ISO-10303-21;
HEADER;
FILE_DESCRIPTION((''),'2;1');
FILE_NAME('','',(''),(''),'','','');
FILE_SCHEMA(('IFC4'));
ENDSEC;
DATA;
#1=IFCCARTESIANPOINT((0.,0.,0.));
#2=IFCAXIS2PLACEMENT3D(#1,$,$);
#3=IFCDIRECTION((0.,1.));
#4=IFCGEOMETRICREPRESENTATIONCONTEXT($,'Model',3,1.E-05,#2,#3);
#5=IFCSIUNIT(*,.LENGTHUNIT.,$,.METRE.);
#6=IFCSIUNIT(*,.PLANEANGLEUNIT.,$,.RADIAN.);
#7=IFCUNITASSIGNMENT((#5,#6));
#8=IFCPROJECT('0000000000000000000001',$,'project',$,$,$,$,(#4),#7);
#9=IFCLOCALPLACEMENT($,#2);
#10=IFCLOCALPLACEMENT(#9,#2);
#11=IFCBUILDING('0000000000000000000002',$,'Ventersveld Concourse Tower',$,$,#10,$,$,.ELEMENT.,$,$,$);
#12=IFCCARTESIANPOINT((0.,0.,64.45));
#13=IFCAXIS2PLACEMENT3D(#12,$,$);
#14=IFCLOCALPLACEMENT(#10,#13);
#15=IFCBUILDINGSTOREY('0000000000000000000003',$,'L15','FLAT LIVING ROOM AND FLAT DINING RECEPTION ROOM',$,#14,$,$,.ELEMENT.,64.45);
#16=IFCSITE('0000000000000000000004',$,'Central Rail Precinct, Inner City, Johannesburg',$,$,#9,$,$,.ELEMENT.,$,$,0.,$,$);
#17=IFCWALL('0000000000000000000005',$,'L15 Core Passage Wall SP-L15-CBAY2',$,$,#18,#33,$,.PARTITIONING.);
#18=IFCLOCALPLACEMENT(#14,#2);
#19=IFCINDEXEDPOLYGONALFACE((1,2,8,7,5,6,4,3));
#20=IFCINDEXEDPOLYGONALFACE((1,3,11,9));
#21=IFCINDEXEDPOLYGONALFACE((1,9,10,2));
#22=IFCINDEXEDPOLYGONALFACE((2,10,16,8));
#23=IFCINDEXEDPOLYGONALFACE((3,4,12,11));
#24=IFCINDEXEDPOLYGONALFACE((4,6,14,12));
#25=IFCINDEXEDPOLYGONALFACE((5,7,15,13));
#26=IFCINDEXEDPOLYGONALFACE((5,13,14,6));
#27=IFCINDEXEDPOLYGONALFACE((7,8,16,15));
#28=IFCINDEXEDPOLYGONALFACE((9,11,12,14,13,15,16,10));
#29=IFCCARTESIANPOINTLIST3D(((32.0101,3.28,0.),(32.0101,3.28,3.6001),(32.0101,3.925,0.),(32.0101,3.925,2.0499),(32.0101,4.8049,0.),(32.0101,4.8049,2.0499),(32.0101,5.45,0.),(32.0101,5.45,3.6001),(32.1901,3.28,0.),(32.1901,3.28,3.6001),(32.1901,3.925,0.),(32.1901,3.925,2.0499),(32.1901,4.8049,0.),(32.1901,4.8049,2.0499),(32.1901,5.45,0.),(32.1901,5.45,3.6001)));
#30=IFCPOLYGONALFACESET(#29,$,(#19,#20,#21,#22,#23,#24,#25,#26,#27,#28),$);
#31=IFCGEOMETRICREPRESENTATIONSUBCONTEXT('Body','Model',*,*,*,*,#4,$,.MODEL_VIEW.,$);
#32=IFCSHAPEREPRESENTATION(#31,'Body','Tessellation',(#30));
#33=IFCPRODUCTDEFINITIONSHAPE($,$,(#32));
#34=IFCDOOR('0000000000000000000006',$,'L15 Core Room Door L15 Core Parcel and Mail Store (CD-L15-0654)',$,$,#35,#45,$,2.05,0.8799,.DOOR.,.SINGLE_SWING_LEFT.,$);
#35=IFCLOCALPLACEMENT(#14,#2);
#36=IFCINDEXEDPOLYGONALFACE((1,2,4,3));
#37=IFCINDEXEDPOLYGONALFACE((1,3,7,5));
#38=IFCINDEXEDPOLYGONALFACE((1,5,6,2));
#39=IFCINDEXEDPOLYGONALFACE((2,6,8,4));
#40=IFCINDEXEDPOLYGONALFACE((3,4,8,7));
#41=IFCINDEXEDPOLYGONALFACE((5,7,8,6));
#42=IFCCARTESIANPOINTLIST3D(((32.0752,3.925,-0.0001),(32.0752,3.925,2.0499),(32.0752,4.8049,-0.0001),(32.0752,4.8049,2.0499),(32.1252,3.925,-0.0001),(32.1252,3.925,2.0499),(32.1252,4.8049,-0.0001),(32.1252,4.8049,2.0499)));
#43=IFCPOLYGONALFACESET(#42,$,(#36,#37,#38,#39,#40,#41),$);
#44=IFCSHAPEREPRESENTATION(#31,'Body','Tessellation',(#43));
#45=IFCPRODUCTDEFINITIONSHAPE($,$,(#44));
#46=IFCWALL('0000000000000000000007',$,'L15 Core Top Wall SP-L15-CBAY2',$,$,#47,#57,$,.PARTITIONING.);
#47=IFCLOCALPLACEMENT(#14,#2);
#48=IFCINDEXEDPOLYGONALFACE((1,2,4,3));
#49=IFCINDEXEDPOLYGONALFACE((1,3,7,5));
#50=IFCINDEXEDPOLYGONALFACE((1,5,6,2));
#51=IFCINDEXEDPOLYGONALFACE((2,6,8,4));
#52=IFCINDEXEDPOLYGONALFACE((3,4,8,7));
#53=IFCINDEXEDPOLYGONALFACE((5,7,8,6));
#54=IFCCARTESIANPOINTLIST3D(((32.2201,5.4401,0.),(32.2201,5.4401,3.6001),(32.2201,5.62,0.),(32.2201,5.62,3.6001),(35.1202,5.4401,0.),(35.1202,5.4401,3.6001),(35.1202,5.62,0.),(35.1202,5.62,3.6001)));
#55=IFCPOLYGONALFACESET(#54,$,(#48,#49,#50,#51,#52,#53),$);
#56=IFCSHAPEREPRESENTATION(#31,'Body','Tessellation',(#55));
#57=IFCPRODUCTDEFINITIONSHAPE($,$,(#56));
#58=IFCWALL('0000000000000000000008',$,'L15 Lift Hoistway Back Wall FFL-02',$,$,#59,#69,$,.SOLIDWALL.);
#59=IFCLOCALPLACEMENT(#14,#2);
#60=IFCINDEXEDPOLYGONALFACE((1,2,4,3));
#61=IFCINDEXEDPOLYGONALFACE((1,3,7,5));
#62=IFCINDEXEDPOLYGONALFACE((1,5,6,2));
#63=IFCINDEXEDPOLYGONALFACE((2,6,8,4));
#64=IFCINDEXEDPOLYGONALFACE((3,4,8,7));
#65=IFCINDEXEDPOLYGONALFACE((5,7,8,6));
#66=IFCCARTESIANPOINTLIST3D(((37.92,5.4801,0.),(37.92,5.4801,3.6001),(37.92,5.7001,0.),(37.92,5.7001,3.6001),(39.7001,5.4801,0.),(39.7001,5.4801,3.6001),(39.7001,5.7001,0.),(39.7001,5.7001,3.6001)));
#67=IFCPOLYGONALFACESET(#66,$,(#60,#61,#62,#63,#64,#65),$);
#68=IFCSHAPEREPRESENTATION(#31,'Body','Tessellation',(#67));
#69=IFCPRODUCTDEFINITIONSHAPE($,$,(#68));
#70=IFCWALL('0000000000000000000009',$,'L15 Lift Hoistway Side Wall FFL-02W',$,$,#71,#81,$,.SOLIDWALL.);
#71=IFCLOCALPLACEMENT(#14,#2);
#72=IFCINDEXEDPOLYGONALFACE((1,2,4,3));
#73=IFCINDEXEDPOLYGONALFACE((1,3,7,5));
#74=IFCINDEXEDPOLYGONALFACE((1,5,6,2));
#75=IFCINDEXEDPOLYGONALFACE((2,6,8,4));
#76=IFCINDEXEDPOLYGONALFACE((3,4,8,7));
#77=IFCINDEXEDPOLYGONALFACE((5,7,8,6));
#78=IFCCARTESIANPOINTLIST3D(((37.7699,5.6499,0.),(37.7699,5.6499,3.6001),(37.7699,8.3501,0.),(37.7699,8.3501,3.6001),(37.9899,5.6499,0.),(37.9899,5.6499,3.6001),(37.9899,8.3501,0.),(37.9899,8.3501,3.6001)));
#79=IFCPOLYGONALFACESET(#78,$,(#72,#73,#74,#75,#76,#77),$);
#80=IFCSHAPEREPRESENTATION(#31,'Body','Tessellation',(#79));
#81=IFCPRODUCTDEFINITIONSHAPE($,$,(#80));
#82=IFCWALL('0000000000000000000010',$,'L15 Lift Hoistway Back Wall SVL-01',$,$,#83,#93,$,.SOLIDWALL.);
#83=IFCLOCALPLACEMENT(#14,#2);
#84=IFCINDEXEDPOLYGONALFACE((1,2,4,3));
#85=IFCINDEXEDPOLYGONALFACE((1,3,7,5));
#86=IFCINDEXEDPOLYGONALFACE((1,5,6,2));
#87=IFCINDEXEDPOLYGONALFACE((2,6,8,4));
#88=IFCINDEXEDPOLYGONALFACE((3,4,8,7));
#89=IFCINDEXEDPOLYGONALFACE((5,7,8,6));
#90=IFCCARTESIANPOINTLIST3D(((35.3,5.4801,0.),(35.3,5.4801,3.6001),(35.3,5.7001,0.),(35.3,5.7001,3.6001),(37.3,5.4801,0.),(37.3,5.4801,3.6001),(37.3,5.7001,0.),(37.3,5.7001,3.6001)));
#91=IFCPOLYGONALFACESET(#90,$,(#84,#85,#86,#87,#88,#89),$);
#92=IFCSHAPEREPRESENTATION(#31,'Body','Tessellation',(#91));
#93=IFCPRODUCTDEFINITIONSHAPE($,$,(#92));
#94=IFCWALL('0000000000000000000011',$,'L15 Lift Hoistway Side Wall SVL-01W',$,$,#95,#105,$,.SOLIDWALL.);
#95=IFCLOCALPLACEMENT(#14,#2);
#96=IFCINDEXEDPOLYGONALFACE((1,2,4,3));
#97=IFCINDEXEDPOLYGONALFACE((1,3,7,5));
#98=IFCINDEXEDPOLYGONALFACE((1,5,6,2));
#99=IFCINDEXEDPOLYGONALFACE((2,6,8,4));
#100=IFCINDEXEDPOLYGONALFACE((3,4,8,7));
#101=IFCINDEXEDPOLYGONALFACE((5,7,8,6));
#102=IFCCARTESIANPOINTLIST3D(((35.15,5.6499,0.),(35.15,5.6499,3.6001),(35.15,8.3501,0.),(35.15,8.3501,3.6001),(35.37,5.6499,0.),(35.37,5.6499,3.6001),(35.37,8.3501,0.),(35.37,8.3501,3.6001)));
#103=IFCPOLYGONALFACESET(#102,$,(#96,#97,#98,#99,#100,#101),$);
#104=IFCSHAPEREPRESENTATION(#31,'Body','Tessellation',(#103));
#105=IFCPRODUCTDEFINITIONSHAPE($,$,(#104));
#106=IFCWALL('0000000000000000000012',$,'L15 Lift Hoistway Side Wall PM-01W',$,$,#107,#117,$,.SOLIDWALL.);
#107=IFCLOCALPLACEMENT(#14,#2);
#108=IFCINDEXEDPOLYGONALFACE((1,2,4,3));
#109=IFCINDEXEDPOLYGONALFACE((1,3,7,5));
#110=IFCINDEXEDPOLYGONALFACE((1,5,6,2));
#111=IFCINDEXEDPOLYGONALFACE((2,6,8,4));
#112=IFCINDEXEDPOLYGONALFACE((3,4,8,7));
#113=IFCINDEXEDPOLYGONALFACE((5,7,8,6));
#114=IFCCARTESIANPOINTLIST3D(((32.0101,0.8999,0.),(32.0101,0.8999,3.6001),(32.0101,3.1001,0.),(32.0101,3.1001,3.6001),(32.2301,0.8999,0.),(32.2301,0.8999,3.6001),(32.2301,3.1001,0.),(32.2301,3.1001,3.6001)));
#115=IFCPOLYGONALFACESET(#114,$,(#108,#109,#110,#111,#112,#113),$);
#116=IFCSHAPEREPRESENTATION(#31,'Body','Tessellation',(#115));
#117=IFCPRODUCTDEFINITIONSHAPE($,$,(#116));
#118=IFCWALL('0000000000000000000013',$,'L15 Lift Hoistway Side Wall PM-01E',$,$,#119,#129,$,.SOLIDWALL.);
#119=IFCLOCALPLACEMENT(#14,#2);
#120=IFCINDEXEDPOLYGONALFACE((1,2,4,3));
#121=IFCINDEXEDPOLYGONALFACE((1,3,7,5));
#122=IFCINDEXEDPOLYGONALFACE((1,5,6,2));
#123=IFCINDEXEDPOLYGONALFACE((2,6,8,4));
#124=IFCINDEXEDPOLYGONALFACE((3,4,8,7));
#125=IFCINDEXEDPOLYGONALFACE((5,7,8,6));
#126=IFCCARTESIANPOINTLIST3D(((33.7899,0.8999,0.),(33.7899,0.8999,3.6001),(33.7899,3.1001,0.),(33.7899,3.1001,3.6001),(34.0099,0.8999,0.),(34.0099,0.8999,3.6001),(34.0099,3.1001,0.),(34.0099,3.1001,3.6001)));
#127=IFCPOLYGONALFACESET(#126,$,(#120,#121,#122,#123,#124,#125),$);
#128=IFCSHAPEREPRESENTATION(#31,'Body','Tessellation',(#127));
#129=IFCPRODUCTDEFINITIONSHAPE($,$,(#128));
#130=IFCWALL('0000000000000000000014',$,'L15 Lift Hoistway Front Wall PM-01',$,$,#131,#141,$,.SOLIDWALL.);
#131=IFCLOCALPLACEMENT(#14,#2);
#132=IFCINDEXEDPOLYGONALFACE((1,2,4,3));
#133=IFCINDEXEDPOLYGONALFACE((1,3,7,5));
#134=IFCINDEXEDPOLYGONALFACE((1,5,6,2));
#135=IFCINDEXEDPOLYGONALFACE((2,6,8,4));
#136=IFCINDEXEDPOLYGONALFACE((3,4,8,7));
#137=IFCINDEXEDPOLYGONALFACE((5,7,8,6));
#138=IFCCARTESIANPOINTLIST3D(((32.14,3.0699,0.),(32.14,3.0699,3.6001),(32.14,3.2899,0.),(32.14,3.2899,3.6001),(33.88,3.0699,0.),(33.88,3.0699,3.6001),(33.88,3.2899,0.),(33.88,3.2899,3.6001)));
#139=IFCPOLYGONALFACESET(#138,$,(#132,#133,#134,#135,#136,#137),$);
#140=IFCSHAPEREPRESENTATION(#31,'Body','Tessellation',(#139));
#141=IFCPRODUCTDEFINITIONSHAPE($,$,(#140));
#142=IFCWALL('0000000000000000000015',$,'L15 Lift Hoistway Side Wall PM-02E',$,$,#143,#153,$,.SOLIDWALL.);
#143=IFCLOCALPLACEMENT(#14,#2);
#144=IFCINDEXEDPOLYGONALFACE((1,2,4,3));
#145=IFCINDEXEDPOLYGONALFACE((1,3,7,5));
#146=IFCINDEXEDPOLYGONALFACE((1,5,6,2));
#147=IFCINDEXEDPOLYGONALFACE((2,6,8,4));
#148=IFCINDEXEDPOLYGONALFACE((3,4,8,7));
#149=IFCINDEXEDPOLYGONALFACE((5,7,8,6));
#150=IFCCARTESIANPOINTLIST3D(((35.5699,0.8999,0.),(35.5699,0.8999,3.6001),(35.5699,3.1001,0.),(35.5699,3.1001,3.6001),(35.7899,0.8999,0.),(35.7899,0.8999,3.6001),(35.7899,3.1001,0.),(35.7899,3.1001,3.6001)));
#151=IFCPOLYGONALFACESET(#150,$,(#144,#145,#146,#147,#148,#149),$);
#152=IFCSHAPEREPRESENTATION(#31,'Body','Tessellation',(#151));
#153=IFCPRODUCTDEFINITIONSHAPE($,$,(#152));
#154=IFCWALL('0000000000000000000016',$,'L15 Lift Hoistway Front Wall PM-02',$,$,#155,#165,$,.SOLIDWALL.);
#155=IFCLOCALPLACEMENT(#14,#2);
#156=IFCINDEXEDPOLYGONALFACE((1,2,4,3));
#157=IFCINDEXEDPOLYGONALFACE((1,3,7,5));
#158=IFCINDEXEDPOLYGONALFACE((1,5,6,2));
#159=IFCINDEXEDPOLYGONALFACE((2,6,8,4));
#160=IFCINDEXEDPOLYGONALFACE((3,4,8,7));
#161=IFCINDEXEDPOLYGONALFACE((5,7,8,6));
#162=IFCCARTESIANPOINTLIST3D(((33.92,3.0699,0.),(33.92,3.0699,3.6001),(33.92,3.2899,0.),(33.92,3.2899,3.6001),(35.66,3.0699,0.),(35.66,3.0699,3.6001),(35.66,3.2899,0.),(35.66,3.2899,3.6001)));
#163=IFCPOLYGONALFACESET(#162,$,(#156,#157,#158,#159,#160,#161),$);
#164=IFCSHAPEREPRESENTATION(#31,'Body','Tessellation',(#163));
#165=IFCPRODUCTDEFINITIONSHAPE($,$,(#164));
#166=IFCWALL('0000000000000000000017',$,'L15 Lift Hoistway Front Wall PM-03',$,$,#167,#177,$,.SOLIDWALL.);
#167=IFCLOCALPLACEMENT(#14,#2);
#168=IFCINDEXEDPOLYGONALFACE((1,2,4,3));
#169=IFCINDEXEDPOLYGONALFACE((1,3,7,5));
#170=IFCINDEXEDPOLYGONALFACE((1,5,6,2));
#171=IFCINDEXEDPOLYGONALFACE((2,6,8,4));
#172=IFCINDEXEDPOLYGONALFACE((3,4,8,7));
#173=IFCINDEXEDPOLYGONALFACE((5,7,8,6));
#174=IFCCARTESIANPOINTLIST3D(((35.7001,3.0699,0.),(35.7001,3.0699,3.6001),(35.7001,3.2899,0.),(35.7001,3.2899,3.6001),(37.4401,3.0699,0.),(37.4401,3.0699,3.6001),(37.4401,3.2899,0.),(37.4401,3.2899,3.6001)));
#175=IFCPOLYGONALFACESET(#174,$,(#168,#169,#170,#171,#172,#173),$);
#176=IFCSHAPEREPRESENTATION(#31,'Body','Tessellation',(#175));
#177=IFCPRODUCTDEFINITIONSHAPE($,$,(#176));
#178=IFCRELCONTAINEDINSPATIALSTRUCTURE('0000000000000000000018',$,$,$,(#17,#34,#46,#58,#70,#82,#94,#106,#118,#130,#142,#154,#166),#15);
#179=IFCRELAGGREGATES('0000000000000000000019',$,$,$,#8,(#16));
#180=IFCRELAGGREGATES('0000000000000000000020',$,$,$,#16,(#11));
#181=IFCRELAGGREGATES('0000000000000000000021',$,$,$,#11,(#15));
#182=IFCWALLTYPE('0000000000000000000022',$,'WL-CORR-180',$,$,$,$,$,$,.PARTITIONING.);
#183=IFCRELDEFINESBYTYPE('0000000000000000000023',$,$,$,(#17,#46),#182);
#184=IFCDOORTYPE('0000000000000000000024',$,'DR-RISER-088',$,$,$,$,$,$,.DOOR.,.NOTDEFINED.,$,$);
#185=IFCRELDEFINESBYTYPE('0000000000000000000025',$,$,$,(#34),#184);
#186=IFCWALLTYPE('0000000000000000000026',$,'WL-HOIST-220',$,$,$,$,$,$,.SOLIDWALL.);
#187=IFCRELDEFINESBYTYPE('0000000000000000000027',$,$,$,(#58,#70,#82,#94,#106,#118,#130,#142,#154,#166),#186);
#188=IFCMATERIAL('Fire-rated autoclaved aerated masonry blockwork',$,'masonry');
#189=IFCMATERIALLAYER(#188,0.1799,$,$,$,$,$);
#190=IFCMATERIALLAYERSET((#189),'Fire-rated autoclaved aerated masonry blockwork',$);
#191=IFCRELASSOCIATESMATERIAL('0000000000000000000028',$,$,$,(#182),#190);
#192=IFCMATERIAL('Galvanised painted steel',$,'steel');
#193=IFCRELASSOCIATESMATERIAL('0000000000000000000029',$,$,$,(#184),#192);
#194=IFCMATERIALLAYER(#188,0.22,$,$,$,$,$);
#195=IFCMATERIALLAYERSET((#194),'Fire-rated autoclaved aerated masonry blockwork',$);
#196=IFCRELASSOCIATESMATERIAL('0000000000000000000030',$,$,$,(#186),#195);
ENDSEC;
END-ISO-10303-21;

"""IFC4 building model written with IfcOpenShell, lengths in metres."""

from ifc_helpers import new_model, si_unit, direction, frame, frame_2d, origin, place, context, subcontext, project, spatial, rectangle, extrude, material, layer, layer_set, type_object, element, fill, save


model = new_model("IFC4")

# Units and contexts
model_context = context("Model", 3, precision=1e-05, world=origin(), true_north=direction((0.0, 1.0)))
body_context = subcontext(model_context, "Body", "Model", "MODEL_VIEW")
ifc_project = project(units=[si_unit("LENGTHUNIT", "METRE"), si_unit("PLANEANGLEUNIT", "RADIAN")], contexts=[model_context])

# Site, building, storey
site_placement = place(None, origin())
site = spatial("IfcSite", under=ifc_project, at=site_placement, Name="Central Rail Precinct, Inner City, Johannesburg", CompositionType="ELEMENT", RefElevation=0.0)
building_placement = place(site_placement, origin())
building = spatial("IfcBuilding", under=site, at=building_placement, Name="Ventersveld Concourse Tower", CompositionType="ELEMENT")
storey_placement = place(building_placement, frame((0.0, 0.0, 64.45)))
storey = spatial("IfcBuildingStorey", under=building, at=storey_placement, Name="L15", Description="FLAT LIVING ROOM AND FLAT DINING RECEPTION ROOM", CompositionType="ELEMENT", Elevation=64.45)

# Wall, opening, door
ifc_material_1 = material(Name="Fire-rated autoclaved aerated masonry blockwork", Category="masonry")
ifc_layer_1 = layer(ifc_material_1, 0.1799)
ifc_layer_set_1 = layer_set([ifc_layer_1], Name="Fire-rated autoclaved aerated masonry blockwork")
wall_type_1 = type_object("IfcWallType", Name="WL-CORR-180", PredefinedType="PARTITIONING", material=ifc_layer_set_1)
wall_1_placement = place(storey_placement, frame((32.1001, 3.28, 0.0), z_axis=(0.0, 0.0, 1.0), x_axis=(0.0, 1.0, 0.0)))
wall_1 = element("IfcWall", 1, at=wall_1_placement, inside=storey, type_object=wall_type_1, Name="L15 Core Passage Wall SP-L15-CBAY2", PredefinedType="PARTITIONING", context=body_context, shape_type="SweptSolid", body=[
    extrude(rectangle(XDim=2.1699, YDim=0.1799, at=frame_2d((1.085, 0.0))), origin(), (0.0, 0.0, 1.0), 3.6001),
])
opening_placement = place(wall_1_placement, frame((0.645, 0.0, 0.0)))
opening = element("IfcOpeningElement", 2, at=opening_placement, cuts=wall_1, PredefinedType="OPENING", context=body_context, shape_type="SweptSolid", body=[
    extrude(rectangle(XDim=0.8799, YDim=2.05, at=frame_2d((0.4399, 1.0249))), frame((0.0, 0.1001, 0.0), z_axis=(0.0, -1.0, 0.0), x_axis=(1.0, 0.0, 0.0)), (0.0, 0.0, 1.0), 0.2),
])
ifc_material_2 = material(Name="Galvanised painted steel", Category="steel")
door_type = type_object("IfcDoorType", Name="DR-RISER-088", OperationType="NOTDEFINED", PredefinedType="DOOR", material=ifc_material_2)
door_placement = place(opening_placement, origin())
door = element("IfcDoor", 3, at=door_placement, inside=storey, type_object=door_type, Name="L15 Core Room Door L15 Core Parcel and Mail Store (CD-L15-0654)", OperationType="SINGLE_SWING_LEFT", OverallHeight=2.05, OverallWidth=0.8799, PredefinedType="DOOR", context=body_context, shape_type="SweptSolid", body=[
    extrude(rectangle(XDim=0.8799, YDim=2.05, at=frame_2d((0.4399, 1.0249))), frame((0.0, 0.0249, 0.0), z_axis=(0.0, -1.0, 0.0), x_axis=(1.0, 0.0, 0.0)), (0.0, 0.0, 1.0), 0.05),
])
fill(opening, door)

# Walls
wall_2_placement = place(storey_placement, frame((32.22, 5.53, 0.0), z_axis=(0.0, 0.0, 1.0), x_axis=(1.0, 0.0, 0.0)))
element("IfcWall", 4, at=wall_2_placement, inside=storey, type_object=wall_type_1, Name="L15 Core Top Wall SP-L15-CBAY2", PredefinedType="PARTITIONING", context=body_context, shape_type="SweptSolid", body=[
    extrude(rectangle(XDim=2.9001, YDim=0.1799, at=frame_2d((1.4502, 0.0))), origin(), (0.0, 0.0, 1.0), 3.6001),
])
ifc_layer_2 = layer(ifc_material_1, 0.22)
ifc_layer_set_2 = layer_set([ifc_layer_2], Name="Fire-rated autoclaved aerated masonry blockwork")
wall_type_2 = type_object("IfcWallType", Name="WL-HOIST-220", PredefinedType="SOLIDWALL", material=ifc_layer_set_2)
wall_3_placement = place(storey_placement, frame((37.9199, 5.5901, 0.0), z_axis=(0.0, 0.0, 1.0), x_axis=(1.0, 0.0, 0.0)))
element("IfcWall", 5, at=wall_3_placement, inside=storey, type_object=wall_type_2, Name="L15 Lift Hoistway Back Wall FFL-02", PredefinedType="SOLIDWALL", context=body_context, shape_type="SweptSolid", body=[
    extrude(rectangle(XDim=1.78, YDim=0.22, at=frame_2d((0.8901, 0.0))), origin(), (0.0, 0.0, 1.0), 3.6001),
])
wall_4_placement = place(storey_placement, frame((37.8799, 5.6499, 0.0), z_axis=(0.0, 0.0, 1.0), x_axis=(0.0, 1.0, 0.0)))
element("IfcWall", 6, at=wall_4_placement, inside=storey, type_object=wall_type_2, Name="L15 Lift Hoistway Side Wall FFL-02W", PredefinedType="SOLIDWALL", context=body_context, shape_type="SweptSolid", body=[
    extrude(rectangle(XDim=2.7002, YDim=0.22, at=frame_2d((1.3501, 0.0))), origin(), (0.0, 0.0, 1.0), 3.6001),
])
wall_5_placement = place(storey_placement, frame((35.3, 5.5901, 0.0), z_axis=(0.0, 0.0, 1.0), x_axis=(1.0, 0.0, 0.0)))
element("IfcWall", 7, at=wall_5_placement, inside=storey, type_object=wall_type_2, Name="L15 Lift Hoistway Back Wall SVL-01", PredefinedType="SOLIDWALL", context=body_context, shape_type="SweptSolid", body=[
    extrude(rectangle(XDim=2.0, YDim=0.22, at=frame_2d((1.0, 0.0))), origin(), (0.0, 0.0, 1.0), 3.6001),
])
wall_6_placement = place(storey_placement, frame((35.26, 5.6499, 0.0), z_axis=(0.0, 0.0, 1.0), x_axis=(0.0, 1.0, 0.0)))
element("IfcWall", 8, at=wall_6_placement, inside=storey, type_object=wall_type_2, Name="L15 Lift Hoistway Side Wall SVL-01W", PredefinedType="SOLIDWALL", context=body_context, shape_type="SweptSolid", body=[
    extrude(rectangle(XDim=2.7002, YDim=0.22, at=frame_2d((1.3501, 0.0))), origin(), (0.0, 0.0, 1.0), 3.6001),
])
for number, where, z_axis, x_axis, name in (
    (9, (32.1201, 0.8999, 0.0), (0.0, 0.0, 1.0), (0.0, 1.0, 0.0), "L15 Lift Hoistway Side Wall PM-01W"),
    (10, (33.8999, 0.8999, 0.0), (0.0, 0.0, 1.0), (0.0, 1.0, 0.0), "L15 Lift Hoistway Side Wall PM-01E"),
):
    element("IfcWall", number, at=place(storey_placement, frame(where, z_axis=z_axis, x_axis=x_axis)), inside=storey, type_object=wall_type_2, Name=name, PredefinedType="SOLIDWALL", context=body_context, shape_type="SweptSolid", body=[
        extrude(rectangle(XDim=2.2002, YDim=0.22, at=frame_2d((1.1001, 0.0))), origin(), (0.0, 0.0, 1.0), 3.6001),
    ])
wall_7_placement = place(storey_placement, frame((32.1399, 3.1799, 0.0), z_axis=(0.0, 0.0, 1.0), x_axis=(1.0, 0.0, 0.0)))
element("IfcWall", 11, at=wall_7_placement, inside=storey, type_object=wall_type_2, Name="L15 Lift Hoistway Front Wall PM-01", PredefinedType="SOLIDWALL", context=body_context, shape_type="SweptSolid", body=[
    extrude(rectangle(XDim=1.74, YDim=0.22, at=frame_2d((0.8701, 0.0))), origin(), (0.0, 0.0, 1.0), 3.6001),
])
wall_8_placement = place(storey_placement, frame((35.6799, 0.8999, 0.0), z_axis=(0.0, 0.0, 1.0), x_axis=(0.0, 1.0, 0.0)))
element("IfcWall", 12, at=wall_8_placement, inside=storey, type_object=wall_type_2, Name="L15 Lift Hoistway Side Wall PM-02E", PredefinedType="SOLIDWALL", context=body_context, shape_type="SweptSolid", body=[
    extrude(rectangle(XDim=2.2002, YDim=0.22, at=frame_2d((1.1001, 0.0))), origin(), (0.0, 0.0, 1.0), 3.6001),
])
for number, where, z_axis, x_axis, name in (
    (13, (33.9199, 3.1799, 0.0), (0.0, 0.0, 1.0), (1.0, 0.0, 0.0), "L15 Lift Hoistway Front Wall PM-02"),
    (14, (35.7, 3.1799, 0.0), (0.0, 0.0, 1.0), (1.0, 0.0, 0.0), "L15 Lift Hoistway Front Wall PM-03"),
):
    element("IfcWall", number, at=place(storey_placement, frame(where, z_axis=z_axis, x_axis=x_axis)), inside=storey, type_object=wall_type_2, Name=name, PredefinedType="SOLIDWALL", context=body_context, shape_type="SweptSolid", body=[
        extrude(rectangle(XDim=1.74, YDim=0.22, at=frame_2d((0.8701, 0.0))), origin(), (0.0, 0.0, 1.0), 3.6001),
    ])

save(model, "model.ifc")
